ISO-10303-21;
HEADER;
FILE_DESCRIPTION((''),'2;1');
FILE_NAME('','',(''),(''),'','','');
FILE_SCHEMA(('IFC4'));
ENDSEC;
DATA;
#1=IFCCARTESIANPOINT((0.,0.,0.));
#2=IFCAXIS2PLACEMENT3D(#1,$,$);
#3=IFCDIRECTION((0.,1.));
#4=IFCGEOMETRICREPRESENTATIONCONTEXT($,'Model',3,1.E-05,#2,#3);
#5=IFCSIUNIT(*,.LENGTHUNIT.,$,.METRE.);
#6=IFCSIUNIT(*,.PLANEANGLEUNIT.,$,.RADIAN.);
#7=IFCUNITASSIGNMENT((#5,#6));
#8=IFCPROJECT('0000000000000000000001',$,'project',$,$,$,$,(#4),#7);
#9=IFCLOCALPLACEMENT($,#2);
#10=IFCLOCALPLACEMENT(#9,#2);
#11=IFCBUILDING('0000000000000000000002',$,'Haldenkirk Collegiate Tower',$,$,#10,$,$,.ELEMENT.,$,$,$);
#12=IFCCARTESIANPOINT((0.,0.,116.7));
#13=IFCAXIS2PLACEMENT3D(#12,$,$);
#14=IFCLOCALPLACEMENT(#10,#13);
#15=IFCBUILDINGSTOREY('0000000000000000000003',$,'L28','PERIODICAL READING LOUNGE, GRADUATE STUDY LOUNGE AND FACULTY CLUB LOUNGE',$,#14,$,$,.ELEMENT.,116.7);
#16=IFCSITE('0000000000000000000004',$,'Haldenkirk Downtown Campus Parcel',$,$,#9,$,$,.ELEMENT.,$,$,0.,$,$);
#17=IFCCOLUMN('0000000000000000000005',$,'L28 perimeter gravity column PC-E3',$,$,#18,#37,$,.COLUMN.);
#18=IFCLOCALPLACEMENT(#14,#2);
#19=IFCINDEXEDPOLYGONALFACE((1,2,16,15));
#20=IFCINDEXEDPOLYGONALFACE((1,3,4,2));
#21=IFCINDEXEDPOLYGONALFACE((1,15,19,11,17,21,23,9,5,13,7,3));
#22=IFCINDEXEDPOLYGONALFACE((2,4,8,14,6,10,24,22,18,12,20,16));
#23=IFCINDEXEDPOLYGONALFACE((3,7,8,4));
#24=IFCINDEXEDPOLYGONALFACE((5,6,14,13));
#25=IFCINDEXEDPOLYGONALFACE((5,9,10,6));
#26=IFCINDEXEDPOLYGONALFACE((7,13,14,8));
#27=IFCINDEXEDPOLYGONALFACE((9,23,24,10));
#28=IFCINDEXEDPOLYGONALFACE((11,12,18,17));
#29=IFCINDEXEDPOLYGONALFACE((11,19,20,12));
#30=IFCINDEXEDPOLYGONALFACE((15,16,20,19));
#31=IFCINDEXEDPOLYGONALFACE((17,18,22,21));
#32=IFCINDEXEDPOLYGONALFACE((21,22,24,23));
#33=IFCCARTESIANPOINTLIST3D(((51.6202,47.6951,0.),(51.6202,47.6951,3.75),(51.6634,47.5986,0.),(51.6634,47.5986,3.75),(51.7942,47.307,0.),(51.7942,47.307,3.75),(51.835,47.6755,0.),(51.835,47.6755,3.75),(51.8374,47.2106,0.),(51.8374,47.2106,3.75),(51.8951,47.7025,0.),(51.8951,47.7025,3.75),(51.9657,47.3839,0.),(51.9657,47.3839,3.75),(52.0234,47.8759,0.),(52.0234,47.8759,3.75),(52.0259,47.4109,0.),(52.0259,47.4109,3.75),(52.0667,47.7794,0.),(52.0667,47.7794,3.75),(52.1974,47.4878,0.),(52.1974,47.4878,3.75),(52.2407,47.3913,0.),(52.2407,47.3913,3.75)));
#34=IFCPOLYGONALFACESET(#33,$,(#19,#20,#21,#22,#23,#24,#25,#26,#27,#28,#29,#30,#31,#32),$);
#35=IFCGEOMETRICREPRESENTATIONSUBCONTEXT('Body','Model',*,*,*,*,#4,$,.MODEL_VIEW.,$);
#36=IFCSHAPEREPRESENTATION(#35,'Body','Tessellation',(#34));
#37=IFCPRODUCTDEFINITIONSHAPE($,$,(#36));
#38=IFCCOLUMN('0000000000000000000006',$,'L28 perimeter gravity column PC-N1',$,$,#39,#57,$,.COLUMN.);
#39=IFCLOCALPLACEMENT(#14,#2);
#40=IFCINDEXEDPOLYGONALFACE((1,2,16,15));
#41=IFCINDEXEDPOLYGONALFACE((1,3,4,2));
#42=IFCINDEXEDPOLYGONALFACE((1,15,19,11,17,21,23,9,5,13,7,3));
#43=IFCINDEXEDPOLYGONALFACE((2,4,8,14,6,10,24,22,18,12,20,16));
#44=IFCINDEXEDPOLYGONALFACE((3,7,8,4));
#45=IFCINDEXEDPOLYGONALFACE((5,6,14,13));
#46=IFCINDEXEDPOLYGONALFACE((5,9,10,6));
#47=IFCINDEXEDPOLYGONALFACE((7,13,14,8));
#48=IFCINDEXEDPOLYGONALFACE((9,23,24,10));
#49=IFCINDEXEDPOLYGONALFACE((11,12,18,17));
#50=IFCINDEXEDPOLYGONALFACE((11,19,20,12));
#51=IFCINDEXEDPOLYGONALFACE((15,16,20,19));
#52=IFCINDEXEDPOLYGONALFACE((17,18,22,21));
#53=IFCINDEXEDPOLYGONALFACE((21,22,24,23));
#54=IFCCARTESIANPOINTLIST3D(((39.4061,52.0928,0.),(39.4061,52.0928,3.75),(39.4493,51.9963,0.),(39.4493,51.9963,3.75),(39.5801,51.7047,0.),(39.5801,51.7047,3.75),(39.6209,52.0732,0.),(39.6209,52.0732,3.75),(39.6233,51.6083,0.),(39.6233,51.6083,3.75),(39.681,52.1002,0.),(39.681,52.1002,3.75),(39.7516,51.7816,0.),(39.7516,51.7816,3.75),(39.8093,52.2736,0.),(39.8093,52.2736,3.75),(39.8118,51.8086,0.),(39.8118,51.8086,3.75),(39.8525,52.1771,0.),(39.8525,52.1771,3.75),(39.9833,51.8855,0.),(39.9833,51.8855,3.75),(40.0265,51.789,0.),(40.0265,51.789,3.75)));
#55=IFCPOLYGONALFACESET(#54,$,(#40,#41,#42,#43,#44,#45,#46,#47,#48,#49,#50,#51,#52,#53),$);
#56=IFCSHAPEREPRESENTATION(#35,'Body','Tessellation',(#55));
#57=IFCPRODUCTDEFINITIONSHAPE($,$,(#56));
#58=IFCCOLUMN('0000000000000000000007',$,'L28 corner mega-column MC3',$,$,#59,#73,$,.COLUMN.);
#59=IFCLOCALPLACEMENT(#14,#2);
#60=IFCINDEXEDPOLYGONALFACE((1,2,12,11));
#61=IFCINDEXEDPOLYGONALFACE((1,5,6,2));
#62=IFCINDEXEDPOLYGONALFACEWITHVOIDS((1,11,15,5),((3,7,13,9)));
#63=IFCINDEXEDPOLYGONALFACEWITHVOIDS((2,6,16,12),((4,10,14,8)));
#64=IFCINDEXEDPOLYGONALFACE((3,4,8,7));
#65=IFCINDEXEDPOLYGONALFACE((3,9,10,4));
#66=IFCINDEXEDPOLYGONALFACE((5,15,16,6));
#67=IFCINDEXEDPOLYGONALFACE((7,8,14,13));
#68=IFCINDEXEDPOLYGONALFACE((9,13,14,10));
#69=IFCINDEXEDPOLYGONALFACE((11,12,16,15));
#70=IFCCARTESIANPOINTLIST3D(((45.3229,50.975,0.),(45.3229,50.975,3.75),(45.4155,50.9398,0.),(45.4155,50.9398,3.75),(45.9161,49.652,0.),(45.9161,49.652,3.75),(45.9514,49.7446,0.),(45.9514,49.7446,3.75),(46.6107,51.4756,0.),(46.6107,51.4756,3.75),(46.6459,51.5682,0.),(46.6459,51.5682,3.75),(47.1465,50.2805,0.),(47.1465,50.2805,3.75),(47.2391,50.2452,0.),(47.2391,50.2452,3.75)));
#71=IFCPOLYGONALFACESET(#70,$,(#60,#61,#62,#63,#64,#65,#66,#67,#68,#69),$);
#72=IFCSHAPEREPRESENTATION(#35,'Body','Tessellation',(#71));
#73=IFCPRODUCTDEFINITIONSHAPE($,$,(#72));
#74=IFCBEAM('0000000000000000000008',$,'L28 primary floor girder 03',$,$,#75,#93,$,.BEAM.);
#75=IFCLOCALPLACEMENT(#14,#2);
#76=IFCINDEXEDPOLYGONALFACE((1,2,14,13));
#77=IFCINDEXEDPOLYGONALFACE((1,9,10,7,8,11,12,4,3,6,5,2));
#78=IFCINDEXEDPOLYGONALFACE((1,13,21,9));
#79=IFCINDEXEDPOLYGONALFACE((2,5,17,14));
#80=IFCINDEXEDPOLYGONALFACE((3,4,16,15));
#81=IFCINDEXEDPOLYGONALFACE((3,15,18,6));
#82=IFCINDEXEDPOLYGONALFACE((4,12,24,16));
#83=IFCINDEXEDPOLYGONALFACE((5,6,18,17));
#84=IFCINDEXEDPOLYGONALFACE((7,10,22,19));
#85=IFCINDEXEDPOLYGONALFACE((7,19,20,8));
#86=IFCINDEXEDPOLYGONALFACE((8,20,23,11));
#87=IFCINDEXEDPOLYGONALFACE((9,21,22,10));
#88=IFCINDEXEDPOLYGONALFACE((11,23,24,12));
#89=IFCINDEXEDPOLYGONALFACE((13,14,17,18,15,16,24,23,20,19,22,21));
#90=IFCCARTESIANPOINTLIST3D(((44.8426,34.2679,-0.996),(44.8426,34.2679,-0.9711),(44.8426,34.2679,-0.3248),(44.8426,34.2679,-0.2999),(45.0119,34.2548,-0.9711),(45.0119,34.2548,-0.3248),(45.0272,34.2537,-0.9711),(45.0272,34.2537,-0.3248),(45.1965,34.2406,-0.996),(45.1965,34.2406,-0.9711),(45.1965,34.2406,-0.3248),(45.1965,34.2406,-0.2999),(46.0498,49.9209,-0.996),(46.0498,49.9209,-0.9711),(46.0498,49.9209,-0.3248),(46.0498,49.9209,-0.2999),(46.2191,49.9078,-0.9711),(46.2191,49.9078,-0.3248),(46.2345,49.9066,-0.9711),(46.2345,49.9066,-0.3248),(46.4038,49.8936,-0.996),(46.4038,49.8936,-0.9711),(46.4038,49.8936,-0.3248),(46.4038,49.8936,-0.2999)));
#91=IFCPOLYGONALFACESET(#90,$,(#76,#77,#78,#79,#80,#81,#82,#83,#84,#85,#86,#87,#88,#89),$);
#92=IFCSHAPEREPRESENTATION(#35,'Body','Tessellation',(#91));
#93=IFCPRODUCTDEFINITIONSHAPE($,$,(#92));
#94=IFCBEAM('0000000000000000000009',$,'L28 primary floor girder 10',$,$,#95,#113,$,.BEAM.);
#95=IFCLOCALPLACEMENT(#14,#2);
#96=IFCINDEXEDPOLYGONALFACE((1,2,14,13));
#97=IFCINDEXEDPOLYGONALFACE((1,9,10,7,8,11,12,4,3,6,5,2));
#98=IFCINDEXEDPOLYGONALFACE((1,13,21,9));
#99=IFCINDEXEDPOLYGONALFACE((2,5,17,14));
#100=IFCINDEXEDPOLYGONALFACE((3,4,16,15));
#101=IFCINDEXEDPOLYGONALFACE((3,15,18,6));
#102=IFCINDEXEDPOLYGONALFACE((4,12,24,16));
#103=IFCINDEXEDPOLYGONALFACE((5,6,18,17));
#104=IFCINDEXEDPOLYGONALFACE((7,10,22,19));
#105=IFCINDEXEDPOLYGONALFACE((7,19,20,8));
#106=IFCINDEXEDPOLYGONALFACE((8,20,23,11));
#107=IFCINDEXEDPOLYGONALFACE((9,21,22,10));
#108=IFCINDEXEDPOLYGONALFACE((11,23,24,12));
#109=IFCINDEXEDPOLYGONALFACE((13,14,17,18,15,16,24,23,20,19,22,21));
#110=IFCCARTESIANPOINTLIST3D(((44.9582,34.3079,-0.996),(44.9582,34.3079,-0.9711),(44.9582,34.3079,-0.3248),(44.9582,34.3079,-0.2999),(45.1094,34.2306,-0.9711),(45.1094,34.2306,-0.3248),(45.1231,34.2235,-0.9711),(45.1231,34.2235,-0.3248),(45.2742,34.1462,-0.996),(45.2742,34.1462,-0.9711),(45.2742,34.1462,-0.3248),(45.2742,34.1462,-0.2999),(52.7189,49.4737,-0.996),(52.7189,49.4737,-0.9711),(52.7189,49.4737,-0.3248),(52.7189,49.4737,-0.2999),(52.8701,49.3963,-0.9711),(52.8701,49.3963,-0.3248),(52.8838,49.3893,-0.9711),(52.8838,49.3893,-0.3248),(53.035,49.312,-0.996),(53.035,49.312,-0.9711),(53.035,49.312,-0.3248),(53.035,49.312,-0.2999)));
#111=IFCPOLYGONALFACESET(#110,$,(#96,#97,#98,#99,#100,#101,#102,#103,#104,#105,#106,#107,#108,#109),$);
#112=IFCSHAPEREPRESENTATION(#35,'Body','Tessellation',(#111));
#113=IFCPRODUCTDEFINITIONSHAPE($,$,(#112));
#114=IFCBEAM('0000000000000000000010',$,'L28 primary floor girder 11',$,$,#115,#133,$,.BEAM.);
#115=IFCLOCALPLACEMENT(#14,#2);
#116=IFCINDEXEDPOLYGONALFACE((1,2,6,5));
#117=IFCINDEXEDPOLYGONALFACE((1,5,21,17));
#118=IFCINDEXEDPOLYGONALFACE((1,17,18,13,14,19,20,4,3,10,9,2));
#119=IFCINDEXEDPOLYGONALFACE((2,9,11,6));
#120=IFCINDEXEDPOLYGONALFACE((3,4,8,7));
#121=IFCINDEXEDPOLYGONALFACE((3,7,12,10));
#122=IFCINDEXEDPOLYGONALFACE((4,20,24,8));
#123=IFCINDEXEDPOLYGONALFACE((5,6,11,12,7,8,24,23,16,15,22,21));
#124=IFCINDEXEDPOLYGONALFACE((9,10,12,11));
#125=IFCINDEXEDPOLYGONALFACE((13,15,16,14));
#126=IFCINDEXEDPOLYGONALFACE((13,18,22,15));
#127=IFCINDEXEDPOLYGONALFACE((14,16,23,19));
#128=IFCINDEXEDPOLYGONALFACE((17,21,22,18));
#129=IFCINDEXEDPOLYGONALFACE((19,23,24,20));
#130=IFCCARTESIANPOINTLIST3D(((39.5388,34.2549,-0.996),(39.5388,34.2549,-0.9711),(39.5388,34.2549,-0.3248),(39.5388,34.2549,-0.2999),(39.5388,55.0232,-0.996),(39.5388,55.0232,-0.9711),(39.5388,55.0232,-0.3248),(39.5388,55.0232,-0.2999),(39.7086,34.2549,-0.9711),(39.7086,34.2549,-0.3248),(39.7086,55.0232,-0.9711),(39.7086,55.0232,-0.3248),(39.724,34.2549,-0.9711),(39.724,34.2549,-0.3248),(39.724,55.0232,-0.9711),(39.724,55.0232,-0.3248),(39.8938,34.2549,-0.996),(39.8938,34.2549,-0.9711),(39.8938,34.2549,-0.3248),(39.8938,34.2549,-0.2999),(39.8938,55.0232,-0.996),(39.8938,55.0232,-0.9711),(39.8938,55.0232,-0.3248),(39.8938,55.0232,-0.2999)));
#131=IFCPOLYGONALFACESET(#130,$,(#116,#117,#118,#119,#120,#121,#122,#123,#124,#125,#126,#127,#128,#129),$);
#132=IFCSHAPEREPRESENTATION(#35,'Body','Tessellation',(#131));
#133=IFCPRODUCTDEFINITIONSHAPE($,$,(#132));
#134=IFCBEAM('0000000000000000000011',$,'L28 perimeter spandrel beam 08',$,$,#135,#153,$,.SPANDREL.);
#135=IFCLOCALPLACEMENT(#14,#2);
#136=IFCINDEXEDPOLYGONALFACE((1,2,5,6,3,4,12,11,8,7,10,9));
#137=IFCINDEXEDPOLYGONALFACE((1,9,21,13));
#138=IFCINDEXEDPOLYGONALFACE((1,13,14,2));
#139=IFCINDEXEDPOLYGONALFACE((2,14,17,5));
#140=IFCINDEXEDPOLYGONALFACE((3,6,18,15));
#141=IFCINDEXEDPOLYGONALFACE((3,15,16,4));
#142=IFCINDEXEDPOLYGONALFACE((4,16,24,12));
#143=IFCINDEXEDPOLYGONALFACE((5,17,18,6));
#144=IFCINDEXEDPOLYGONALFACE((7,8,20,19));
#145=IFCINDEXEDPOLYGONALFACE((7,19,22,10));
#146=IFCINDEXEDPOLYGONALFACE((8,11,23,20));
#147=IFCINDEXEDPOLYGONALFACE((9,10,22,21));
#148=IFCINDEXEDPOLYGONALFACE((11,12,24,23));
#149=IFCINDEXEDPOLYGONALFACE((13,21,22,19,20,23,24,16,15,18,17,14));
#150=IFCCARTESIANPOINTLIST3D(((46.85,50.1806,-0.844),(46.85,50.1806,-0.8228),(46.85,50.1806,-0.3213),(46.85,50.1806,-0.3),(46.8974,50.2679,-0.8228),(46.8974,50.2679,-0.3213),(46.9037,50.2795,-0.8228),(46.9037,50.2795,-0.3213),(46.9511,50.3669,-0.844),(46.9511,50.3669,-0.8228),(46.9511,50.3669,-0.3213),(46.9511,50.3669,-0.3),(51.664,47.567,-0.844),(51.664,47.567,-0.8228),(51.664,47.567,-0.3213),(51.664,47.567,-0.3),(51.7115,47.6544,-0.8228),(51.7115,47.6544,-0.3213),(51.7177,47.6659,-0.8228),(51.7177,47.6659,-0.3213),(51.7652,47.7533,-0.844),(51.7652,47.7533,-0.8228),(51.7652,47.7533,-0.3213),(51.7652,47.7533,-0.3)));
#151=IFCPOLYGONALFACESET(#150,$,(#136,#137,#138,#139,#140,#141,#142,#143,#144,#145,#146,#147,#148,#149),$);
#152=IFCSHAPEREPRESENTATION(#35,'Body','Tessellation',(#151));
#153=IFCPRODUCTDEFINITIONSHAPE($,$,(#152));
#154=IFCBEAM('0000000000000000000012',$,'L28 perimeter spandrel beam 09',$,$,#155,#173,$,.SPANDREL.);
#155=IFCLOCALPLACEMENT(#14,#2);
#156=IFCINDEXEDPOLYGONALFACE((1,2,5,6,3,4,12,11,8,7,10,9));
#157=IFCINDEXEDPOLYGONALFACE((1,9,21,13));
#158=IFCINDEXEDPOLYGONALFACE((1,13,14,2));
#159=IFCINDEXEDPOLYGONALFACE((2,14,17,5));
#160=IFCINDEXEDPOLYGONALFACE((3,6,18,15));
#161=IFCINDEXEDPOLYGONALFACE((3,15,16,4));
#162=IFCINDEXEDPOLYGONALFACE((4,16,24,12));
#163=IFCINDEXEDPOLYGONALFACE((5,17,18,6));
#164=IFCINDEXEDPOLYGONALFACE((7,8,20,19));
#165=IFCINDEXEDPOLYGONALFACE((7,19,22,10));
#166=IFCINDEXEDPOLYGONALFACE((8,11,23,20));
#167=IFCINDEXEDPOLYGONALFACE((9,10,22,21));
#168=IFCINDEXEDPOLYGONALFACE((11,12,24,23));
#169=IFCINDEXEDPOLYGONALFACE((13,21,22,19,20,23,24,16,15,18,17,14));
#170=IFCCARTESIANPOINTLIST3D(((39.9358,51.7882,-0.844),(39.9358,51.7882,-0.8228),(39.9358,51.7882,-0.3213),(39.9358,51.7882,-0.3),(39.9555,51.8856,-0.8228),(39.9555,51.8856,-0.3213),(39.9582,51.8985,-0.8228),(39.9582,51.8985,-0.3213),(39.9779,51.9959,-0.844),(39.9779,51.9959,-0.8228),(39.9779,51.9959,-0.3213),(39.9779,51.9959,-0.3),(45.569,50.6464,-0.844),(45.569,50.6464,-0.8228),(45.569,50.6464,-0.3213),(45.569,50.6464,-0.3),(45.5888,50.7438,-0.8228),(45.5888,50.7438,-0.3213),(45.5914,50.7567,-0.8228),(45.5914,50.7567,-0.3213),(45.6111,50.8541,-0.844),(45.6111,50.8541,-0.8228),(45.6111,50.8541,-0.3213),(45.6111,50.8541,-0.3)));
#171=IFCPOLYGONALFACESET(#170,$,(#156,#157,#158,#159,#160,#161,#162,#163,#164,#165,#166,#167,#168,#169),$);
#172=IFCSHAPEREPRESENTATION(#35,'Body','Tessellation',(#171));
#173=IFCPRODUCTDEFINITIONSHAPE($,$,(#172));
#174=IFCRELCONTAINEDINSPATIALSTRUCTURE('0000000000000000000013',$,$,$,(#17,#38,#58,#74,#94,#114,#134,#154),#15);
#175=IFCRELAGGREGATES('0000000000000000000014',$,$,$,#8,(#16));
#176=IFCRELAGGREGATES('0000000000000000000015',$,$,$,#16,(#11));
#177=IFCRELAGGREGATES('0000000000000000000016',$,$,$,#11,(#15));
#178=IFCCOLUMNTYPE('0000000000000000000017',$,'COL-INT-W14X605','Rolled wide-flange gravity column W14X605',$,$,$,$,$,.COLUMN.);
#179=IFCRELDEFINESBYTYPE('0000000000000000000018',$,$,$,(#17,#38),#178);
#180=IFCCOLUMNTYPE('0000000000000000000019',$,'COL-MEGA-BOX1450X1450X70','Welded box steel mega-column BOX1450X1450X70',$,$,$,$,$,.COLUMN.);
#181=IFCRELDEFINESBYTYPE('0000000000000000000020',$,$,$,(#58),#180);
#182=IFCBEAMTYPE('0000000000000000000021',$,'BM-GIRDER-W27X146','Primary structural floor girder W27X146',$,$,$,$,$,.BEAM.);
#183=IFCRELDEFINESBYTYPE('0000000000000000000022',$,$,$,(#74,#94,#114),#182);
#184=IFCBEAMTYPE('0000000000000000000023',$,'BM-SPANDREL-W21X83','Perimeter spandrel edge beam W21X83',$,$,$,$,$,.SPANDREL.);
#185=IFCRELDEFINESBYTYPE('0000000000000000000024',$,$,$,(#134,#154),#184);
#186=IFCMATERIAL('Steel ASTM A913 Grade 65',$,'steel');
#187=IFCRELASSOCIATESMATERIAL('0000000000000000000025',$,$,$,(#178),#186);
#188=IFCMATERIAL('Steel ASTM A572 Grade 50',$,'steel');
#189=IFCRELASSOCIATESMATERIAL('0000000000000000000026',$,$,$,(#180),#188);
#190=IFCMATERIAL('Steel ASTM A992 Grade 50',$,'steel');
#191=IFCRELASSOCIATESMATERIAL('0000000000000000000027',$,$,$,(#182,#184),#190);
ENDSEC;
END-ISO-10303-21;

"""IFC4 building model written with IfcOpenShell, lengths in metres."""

from ifc_helpers import new_model, si_unit, direction, frame, origin, origin_2d, place, context, subcontext, project, spatial, hollow_rectangle, i_section, extrude, material, material_profile, profile_set, type_object, element, save


model = new_model("IFC4")

# Units and contexts
model_context = context("Model", 3, precision=1e-05, world=origin(), true_north=direction((0.0, 1.0)))
body_context = subcontext(model_context, "Body", "Model", "MODEL_VIEW")
ifc_project = project(units=[si_unit("LENGTHUNIT", "METRE"), si_unit("PLANEANGLEUNIT", "RADIAN")], contexts=[model_context])

# Site, building, storey
site_placement = place(None, origin())
site = spatial("IfcSite", under=ifc_project, at=site_placement, Name="Haldenkirk Downtown Campus Parcel", CompositionType="ELEMENT", RefElevation=0.0)
building_placement = place(site_placement, origin())
building = spatial("IfcBuilding", under=site, at=building_placement, Name="Haldenkirk Collegiate Tower", CompositionType="ELEMENT")
storey_placement = place(building_placement, frame((0.0, 0.0, 116.7)))
storey = spatial("IfcBuildingStorey", under=building, at=storey_placement, Name="L28", Description="PERIODICAL READING LOUNGE, GRADUATE STUDY LOUNGE AND FACULTY CLUB LOUNGE", CompositionType="ELEMENT", Elevation=116.7)

# Columns
ifc_material_1 = material(Name="Steel ASTM A913 Grade 65", Category="steel")
ifc_material_profile_1 = material_profile(ifc_material_1, i_section(OverallWidth=0.4419, OverallDepth=0.531, WebThickness=0.0659, FlangeThickness=0.1057, at=origin_2d()), Name="W14X605")
ifc_profile_set_1 = profile_set([ifc_material_profile_1], Name="Steel ASTM A913 Grade 65")
column_type_1 = type_object("IfcColumnType", Name="COL-INT-W14X605", Description="Rolled wide-flange gravity column W14X605", PredefinedType="COLUMN", material=ifc_profile_set_1)
for number, where, z_axis, x_axis, name in (
    (1, (51.9304, 47.5432, 0.0), (0.0, 0.0, 1.0), (0.912477, 0.409127, 0.0), "L28 perimeter gravity column PC-E3"),
    (2, (39.7163, 51.9409, 0.0), (0.0, 0.0, 1.0), (0.912477, 0.409127, 0.0), "L28 perimeter gravity column PC-N1"),
):
    element("IfcColumn", number, at=place(storey_placement, frame(where, z_axis=z_axis, x_axis=x_axis)), inside=storey, type_object=column_type_1, Name=name, PredefinedType="COLUMN", context=body_context, shape_type="SweptSolid", body=[
        extrude(i_section(OverallWidth=0.4419, OverallDepth=0.531, WebThickness=0.0659, FlangeThickness=0.1057, at=origin_2d()), origin(), (0.0, 0.0, 1.0), 3.75),
    ])
ifc_material_2 = material(Name="Steel ASTM A572 Grade 50", Category="steel")
ifc_material_profile_2 = material_profile(ifc_material_2, hollow_rectangle(XDim=1.45, YDim=1.45, WallThickness=0.0701, at=origin_2d()), Name="BOX1450X1450X70")
ifc_profile_set_2 = profile_set([ifc_material_profile_2], Name="Steel ASTM A572 Grade 50")
column_type_2 = type_object("IfcColumnType", Name="COL-MEGA-BOX1450X1450X70", Description="Welded box steel mega-column BOX1450X1450X70", PredefinedType="COLUMN", material=ifc_profile_set_2)
column_placement = place(storey_placement, frame((46.281, 50.6101, 0.0), z_axis=(0.0, 0.0, 1.0), x_axis=(0.912477, 0.409127, 0.0)))
element("IfcColumn", 3, at=column_placement, inside=storey, type_object=column_type_2, Name="L28 corner mega-column MC3", PredefinedType="COLUMN", context=body_context, shape_type="SweptSolid", body=[
    extrude(hollow_rectangle(XDim=1.45, YDim=1.45, WallThickness=0.0701, at=origin_2d()), origin(), (0.0, 0.0, 1.0), 3.75),
])

# Beams
ifc_material_3 = material(Name="Steel ASTM A992 Grade 50", Category="steel")
ifc_material_profile_3 = material_profile(ifc_material_3, i_section(OverallWidth=0.355, OverallDepth=0.696, WebThickness=0.0154, FlangeThickness=0.0249, at=origin_2d()), Name="W27X146")
ifc_profile_set_3 = profile_set([ifc_material_profile_3], Name="Steel ASTM A992 Grade 50")
beam_type_1 = type_object("IfcBeamType", Name="BM-GIRDER-W27X146", Description="Primary structural floor girder W27X146", PredefinedType="BEAM", material=ifc_profile_set_3)
beam_1_placement = place(storey_placement, frame((46.2268, 49.9072, -0.6479), z_axis=(-0.076899, -0.997039, 0.0), x_axis=(0.997039, -0.076899, 0.0)))
element("IfcBeam", 4, at=beam_1_placement, inside=storey, type_object=beam_type_1, Name="L28 primary floor girder 03", PredefinedType="BEAM", context=body_context, shape_type="SweptSolid", body=[
    extrude(i_section(OverallWidth=0.355, OverallDepth=0.696, WebThickness=0.0154, FlangeThickness=0.0249, at=origin_2d()), origin(), (0.0, 0.0, 1.0), 15.6995),
])
beam_2_placement = place(storey_placement, frame((52.877, 49.3928, -0.6479), z_axis=(-0.455546, -0.890212, 0.0), x_axis=(0.890212, -0.455546, 0.0)))
element("IfcBeam", 5, at=beam_2_placement, inside=storey, type_object=beam_type_1, Name="L28 primary floor girder 10", PredefinedType="BEAM", context=body_context, shape_type="SweptSolid", body=[
    extrude(i_section(OverallWidth=0.355, OverallDepth=0.696, WebThickness=0.0154, FlangeThickness=0.0249, at=origin_2d()), origin(), (0.0, 0.0, 1.0), 17.0361),
])
beam_3_placement = place(storey_placement, frame((39.7163, 55.0232, -0.6479), z_axis=(0.0, -1.0, 0.0), x_axis=(1.0, 0.0, 0.0)))
element("IfcBeam", 6, at=beam_3_placement, inside=storey, type_object=beam_type_1, Name="L28 primary floor girder 11", PredefinedType="BEAM", context=body_context, shape_type="SweptSolid", body=[
    extrude(i_section(OverallWidth=0.355, OverallDepth=0.696, WebThickness=0.0154, FlangeThickness=0.0249, at=origin_2d()), origin(), (0.0, 0.0, 1.0), 20.7683),
])
ifc_material_profile_4 = material_profile(ifc_material_3, i_section(OverallWidth=0.2119, OverallDepth=0.5439, WebThickness=0.0132, FlangeThickness=0.0212, at=origin_2d()), Name="W21X83")
ifc_profile_set_4 = profile_set([ifc_material_profile_4], Name="Steel ASTM A992 Grade 50")
beam_type_2 = type_object("IfcBeamType", Name="BM-SPANDREL-W21X83", Description="Perimeter spandrel edge beam W21X83", PredefinedType="SPANDREL", material=ifc_profile_set_4)
beam_4_placement = place(storey_placement, frame((51.7146, 47.6602, -0.572), z_axis=(-0.878836, 0.477124, 0.0), x_axis=(-0.477124, -0.878836, 0.0)))
element("IfcBeam", 7, at=beam_4_placement, inside=storey, type_object=beam_type_2, Name="L28 perimeter spandrel beam 08", PredefinedType="SPANDREL", context=body_context, shape_type="SweptSolid", body=[
    extrude(i_section(OverallWidth=0.2119, OverallDepth=0.5439, WebThickness=0.0132, FlangeThickness=0.0212, at=origin_2d()), origin(), (0.0, 0.0, 1.0), 5.4778),
])
beam_5_placement = place(storey_placement, frame((45.5901, 50.7502, -0.572), z_axis=(-0.980069, 0.198656, 0.0), x_axis=(-0.198656, -0.980069, 0.0)))
element("IfcBeam", 8, at=beam_5_placement, inside=storey, type_object=beam_type_2, Name="L28 perimeter spandrel beam 09", PredefinedType="SPANDREL", context=body_context, shape_type="SweptSolid", body=[
    extrude(i_section(OverallWidth=0.2119, OverallDepth=0.5439, WebThickness=0.0132, FlangeThickness=0.0212, at=origin_2d()), origin(), (0.0, 0.0, 1.0), 5.7478),
])

save(model, "model.ifc")
